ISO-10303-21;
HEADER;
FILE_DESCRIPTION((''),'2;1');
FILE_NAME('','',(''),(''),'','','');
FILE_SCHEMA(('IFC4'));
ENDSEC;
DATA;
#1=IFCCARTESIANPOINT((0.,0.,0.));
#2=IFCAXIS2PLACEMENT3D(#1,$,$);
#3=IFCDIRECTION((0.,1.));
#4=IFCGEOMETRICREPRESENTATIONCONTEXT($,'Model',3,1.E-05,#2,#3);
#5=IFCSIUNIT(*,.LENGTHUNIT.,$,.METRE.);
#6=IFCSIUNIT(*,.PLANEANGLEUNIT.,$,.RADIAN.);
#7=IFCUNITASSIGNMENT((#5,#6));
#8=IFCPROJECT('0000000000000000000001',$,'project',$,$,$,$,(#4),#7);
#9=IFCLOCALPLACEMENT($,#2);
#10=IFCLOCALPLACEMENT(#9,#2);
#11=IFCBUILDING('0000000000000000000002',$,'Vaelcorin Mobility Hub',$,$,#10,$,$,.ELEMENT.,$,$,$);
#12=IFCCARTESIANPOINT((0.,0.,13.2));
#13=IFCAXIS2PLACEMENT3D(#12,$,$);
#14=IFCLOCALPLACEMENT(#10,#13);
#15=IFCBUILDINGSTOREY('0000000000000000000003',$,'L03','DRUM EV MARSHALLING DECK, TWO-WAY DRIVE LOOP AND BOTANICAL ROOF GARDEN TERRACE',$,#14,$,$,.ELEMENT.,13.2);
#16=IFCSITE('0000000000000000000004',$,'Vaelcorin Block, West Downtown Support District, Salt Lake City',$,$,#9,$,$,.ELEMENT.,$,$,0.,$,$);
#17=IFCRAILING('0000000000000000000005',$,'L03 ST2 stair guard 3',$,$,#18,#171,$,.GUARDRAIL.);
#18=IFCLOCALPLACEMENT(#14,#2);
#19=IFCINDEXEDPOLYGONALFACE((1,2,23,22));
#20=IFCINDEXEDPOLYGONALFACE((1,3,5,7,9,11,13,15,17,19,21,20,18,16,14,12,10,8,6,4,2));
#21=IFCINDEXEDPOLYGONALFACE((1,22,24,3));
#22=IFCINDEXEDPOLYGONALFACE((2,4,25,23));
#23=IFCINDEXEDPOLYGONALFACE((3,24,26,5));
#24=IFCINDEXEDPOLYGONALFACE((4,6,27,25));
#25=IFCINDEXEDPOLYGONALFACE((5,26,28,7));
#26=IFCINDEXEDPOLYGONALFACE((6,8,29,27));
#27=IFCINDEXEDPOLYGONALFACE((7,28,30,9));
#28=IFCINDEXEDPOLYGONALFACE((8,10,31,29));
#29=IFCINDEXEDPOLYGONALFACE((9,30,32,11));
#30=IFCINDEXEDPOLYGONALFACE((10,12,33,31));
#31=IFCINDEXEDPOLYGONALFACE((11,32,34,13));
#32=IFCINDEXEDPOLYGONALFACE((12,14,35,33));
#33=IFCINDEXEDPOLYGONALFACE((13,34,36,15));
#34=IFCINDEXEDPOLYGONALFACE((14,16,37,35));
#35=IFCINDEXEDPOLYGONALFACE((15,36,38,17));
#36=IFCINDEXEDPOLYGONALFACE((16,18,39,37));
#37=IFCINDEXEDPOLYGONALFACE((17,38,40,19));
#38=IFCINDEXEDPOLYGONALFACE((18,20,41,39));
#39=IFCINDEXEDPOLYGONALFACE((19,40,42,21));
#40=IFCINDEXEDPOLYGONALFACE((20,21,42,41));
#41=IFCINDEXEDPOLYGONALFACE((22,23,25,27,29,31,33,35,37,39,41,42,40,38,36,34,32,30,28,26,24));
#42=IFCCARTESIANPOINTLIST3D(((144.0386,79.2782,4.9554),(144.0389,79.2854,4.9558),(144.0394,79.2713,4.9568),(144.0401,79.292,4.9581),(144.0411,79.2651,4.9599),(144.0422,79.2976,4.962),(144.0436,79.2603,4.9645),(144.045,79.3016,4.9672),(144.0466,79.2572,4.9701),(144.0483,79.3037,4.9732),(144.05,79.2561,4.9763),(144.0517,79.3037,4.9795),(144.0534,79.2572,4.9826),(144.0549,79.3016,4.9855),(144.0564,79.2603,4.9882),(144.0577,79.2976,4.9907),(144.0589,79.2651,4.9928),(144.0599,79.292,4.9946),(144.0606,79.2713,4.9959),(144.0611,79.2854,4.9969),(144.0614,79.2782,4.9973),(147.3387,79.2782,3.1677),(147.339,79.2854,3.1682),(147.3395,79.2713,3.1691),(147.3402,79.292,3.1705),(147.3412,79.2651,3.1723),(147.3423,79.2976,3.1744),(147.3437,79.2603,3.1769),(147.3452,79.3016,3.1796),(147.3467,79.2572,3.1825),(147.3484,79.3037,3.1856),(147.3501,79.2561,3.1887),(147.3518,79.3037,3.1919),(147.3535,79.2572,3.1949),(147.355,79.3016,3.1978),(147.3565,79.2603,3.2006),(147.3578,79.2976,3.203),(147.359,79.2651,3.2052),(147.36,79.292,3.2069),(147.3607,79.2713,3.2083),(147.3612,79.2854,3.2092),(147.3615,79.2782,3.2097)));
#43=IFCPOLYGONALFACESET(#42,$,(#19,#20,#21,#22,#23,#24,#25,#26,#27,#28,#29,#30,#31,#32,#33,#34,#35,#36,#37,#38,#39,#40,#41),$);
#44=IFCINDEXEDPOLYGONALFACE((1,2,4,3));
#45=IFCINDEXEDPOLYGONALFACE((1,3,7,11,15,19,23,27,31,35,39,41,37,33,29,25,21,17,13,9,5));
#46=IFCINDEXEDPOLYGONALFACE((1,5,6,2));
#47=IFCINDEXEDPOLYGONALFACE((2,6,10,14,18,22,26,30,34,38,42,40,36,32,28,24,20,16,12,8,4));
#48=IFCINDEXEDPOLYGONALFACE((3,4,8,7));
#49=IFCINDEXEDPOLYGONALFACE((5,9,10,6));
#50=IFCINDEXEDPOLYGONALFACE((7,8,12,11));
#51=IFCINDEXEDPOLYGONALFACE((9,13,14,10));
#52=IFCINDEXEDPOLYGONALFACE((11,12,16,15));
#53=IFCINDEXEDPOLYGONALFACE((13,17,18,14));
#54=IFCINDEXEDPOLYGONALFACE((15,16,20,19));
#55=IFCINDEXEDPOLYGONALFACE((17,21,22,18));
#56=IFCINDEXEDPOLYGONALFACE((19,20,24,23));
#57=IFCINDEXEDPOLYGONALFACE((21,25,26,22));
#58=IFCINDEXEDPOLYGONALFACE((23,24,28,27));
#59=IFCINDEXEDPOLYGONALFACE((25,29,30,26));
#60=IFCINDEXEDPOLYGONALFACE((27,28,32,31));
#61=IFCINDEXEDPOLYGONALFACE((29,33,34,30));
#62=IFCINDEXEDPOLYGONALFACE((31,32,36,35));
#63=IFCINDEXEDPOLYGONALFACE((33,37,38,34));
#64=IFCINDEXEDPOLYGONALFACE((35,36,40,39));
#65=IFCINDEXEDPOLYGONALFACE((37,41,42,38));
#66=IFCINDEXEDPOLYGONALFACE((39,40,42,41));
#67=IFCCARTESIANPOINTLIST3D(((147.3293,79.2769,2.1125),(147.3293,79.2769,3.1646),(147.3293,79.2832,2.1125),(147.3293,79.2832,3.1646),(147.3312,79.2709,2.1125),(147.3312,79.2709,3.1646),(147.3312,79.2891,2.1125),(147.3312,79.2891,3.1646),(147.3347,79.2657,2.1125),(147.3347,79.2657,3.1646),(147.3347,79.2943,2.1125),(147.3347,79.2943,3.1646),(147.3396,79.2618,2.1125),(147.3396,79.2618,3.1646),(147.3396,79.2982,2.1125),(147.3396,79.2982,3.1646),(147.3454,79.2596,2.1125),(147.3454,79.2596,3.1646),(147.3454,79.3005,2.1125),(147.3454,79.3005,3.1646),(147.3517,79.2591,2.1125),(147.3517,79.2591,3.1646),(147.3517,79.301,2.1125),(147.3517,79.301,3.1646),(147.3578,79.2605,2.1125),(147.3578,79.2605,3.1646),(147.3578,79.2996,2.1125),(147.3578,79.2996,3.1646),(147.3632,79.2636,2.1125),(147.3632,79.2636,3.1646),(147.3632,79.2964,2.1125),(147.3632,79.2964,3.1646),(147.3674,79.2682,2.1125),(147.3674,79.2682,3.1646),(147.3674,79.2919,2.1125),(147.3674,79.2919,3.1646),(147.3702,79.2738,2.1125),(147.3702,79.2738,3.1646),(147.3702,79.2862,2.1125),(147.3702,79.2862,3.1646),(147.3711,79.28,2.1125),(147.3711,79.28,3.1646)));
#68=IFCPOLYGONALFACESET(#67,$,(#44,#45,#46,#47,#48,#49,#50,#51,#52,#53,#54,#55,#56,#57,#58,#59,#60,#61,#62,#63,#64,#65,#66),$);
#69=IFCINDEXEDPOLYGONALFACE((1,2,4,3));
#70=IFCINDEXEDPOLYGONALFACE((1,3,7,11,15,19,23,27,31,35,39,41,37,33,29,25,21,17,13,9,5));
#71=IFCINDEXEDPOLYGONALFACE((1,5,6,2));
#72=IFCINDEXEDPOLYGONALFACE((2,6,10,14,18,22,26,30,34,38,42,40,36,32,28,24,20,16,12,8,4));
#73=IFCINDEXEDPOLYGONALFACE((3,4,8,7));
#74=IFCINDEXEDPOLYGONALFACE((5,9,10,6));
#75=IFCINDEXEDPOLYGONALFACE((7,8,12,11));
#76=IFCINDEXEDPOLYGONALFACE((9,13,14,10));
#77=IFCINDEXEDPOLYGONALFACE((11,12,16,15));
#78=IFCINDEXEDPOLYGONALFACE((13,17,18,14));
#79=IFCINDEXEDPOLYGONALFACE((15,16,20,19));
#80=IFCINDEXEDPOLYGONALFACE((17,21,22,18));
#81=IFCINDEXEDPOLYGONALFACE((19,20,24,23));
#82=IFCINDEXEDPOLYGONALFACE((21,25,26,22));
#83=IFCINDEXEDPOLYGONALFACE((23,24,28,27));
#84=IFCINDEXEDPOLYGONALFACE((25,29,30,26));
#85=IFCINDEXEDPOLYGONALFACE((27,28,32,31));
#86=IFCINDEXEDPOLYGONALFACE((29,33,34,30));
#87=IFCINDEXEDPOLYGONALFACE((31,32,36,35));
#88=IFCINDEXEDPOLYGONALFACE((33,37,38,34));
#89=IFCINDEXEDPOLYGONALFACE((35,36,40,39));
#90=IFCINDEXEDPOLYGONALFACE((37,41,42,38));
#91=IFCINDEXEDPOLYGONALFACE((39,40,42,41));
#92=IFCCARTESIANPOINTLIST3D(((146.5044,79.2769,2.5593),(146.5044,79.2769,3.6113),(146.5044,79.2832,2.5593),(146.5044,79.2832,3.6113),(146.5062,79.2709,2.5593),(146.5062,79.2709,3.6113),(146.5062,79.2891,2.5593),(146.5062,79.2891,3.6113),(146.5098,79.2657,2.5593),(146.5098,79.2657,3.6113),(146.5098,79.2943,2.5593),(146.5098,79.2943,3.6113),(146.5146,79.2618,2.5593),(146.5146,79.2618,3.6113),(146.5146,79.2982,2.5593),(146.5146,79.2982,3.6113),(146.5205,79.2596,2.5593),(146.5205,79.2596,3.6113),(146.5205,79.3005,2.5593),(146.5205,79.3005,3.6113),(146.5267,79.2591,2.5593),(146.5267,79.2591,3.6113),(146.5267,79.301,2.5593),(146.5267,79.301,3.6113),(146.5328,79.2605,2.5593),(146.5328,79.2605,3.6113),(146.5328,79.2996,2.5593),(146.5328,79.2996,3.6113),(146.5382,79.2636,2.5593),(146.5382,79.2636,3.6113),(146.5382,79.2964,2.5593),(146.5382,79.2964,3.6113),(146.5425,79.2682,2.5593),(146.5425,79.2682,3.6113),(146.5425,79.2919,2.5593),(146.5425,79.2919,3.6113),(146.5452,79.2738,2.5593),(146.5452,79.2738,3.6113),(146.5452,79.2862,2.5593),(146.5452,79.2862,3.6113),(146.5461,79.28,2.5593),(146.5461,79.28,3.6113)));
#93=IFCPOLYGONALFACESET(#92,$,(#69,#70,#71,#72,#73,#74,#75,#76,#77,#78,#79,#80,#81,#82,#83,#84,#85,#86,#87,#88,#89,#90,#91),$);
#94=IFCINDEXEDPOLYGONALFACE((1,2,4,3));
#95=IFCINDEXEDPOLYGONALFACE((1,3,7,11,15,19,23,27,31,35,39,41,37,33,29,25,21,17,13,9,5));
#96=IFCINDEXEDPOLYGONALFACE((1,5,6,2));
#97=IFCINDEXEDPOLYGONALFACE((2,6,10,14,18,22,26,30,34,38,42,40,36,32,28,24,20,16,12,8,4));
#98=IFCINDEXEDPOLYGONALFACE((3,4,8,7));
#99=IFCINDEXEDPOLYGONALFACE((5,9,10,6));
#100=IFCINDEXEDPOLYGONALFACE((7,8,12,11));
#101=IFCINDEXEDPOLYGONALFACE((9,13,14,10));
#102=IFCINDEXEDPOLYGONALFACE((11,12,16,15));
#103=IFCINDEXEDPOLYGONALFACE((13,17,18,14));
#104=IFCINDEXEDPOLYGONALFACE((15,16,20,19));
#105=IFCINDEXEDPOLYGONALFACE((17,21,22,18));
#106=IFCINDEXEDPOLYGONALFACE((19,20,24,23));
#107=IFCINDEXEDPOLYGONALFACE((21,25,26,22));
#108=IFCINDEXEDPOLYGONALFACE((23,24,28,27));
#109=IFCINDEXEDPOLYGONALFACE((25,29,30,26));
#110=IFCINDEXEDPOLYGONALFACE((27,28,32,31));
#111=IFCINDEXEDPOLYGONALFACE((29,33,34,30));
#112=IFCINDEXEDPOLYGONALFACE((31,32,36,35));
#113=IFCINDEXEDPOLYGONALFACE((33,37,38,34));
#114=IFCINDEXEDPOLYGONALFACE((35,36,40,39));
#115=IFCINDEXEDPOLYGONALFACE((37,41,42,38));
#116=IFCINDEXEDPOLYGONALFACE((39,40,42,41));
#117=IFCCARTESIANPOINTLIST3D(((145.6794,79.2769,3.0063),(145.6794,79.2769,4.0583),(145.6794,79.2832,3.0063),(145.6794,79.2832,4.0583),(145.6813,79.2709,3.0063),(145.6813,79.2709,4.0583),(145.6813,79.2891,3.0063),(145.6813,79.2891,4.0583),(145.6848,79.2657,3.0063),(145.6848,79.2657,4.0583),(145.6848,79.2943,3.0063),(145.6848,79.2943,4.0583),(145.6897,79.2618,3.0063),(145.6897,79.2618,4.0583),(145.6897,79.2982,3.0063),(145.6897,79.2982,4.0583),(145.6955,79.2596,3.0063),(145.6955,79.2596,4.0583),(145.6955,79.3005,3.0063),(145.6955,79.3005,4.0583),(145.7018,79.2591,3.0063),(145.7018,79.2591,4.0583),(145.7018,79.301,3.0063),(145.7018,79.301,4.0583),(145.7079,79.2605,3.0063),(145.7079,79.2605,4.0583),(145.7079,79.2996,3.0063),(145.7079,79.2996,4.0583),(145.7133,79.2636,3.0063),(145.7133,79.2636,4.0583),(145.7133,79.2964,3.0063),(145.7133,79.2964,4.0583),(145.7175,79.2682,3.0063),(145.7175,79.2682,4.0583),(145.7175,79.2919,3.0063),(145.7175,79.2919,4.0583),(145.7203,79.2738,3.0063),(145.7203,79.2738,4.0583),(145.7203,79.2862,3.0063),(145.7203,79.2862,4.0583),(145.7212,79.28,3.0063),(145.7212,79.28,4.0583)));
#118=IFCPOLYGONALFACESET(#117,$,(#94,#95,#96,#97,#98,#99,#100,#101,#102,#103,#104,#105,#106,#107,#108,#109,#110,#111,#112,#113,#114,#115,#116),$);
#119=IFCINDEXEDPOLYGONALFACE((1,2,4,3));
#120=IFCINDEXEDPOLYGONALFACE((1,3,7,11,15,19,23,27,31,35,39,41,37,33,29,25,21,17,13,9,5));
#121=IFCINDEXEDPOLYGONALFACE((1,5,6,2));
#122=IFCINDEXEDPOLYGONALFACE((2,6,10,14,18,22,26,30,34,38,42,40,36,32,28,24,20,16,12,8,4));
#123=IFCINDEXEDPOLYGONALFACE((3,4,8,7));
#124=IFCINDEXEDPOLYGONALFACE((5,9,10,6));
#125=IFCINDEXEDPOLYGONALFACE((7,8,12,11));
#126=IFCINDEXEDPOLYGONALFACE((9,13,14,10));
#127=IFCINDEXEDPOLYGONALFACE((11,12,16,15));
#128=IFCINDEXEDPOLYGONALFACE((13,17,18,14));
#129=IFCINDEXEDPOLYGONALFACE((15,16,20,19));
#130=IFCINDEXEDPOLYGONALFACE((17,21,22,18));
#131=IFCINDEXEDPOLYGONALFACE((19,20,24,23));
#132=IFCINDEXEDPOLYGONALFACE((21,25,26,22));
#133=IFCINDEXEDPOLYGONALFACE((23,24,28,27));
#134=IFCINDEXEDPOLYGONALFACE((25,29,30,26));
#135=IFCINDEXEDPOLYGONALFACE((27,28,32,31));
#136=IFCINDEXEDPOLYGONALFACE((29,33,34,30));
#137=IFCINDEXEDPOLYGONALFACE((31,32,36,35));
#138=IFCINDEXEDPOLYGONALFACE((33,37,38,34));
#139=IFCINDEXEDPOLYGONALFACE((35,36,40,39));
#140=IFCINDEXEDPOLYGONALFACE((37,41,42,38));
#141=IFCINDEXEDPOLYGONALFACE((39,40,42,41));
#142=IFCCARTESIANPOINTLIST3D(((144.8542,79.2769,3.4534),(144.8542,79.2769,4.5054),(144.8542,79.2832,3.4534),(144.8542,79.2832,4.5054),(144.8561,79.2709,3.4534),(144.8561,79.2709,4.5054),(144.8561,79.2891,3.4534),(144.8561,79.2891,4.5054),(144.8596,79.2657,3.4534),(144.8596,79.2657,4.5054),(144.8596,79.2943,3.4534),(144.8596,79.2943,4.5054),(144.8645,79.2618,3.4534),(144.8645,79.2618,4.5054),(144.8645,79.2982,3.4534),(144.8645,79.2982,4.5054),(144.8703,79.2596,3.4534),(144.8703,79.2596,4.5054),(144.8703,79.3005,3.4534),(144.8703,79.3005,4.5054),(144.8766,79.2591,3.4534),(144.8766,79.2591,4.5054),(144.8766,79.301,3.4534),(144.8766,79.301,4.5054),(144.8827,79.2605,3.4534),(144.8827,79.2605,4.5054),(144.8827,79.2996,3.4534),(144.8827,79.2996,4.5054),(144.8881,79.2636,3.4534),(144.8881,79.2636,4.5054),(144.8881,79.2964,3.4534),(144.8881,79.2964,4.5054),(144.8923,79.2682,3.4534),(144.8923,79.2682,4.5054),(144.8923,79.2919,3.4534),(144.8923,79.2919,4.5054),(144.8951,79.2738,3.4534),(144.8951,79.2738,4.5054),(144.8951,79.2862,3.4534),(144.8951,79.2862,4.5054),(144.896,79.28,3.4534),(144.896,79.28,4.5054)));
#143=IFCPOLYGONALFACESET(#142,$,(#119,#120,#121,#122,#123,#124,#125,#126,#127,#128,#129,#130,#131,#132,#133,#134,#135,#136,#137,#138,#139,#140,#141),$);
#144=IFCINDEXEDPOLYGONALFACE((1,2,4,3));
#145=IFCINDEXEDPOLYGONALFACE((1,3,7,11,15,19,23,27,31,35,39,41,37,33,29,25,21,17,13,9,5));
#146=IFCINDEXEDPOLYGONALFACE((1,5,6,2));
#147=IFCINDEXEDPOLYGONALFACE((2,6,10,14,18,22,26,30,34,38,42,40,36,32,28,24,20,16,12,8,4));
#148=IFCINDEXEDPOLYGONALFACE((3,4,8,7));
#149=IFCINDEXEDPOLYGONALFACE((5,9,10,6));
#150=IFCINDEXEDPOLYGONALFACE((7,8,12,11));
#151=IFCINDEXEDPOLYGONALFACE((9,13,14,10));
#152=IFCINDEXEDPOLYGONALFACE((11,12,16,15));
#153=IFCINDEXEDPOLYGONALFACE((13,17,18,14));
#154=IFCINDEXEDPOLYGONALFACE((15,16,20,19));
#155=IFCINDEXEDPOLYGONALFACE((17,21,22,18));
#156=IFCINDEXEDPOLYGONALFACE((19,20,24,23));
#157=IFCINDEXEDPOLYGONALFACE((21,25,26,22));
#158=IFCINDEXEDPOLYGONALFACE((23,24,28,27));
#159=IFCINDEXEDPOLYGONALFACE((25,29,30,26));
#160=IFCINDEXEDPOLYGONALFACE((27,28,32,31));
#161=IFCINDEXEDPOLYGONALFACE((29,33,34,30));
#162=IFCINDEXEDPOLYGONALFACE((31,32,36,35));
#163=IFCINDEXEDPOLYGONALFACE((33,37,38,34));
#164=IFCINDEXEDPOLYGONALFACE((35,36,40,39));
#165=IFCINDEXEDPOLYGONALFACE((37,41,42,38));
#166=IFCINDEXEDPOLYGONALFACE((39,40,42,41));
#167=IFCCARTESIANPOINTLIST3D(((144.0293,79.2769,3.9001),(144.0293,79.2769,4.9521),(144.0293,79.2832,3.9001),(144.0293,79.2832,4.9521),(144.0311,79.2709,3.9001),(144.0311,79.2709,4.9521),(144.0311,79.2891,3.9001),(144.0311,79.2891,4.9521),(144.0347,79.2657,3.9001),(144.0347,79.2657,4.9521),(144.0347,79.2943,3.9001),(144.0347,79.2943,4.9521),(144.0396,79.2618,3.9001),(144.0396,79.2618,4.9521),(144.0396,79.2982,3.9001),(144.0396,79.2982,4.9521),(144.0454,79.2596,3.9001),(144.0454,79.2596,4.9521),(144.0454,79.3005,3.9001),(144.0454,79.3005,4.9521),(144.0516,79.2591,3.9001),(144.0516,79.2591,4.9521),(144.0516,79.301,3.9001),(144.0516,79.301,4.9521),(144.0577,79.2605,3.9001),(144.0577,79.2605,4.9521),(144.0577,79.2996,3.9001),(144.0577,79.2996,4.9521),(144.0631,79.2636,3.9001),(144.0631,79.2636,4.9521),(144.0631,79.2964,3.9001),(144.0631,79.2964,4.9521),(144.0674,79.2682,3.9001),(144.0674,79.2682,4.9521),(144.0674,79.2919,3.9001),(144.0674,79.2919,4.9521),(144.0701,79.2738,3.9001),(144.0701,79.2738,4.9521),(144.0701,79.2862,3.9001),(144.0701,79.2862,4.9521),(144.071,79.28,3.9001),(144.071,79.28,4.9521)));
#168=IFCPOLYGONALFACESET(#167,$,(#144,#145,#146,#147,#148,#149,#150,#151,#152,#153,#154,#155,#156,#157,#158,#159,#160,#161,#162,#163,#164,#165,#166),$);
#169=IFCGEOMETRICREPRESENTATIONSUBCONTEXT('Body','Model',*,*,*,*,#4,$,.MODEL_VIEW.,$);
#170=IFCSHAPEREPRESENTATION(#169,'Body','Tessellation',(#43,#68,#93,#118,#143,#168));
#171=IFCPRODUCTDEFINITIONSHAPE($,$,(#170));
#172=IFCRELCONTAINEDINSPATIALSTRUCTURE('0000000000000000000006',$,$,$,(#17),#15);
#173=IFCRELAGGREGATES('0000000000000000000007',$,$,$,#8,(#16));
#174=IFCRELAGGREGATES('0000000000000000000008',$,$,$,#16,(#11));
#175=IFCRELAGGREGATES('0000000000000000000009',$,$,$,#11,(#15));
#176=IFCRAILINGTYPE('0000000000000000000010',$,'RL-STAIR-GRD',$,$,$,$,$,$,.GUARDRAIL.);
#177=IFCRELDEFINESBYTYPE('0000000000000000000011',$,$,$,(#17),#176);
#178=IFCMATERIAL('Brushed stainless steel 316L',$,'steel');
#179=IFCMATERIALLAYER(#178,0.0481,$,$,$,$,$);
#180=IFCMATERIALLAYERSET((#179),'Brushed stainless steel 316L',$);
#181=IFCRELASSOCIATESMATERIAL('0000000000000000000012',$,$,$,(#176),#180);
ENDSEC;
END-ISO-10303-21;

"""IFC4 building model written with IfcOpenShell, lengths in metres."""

from ifc_helpers import new_model, si_unit, direction, frame, origin, origin_2d, place, context, subcontext, project, spatial, circle, extrude, material, layer, layer_set, type_object, element, save


model = new_model("IFC4")

# Units and contexts
model_context = context("Model", 3, precision=1e-05, world=origin(), true_north=direction((0.0, 1.0)))
body_context = subcontext(model_context, "Body", "Model", "MODEL_VIEW")
ifc_project = project(units=[si_unit("LENGTHUNIT", "METRE"), si_unit("PLANEANGLEUNIT", "RADIAN")], contexts=[model_context])

# Site, building, storey
site_placement = place(None, origin())
site = spatial("IfcSite", under=ifc_project, at=site_placement, Name="Vaelcorin Block, West Downtown Support District, Salt Lake City", CompositionType="ELEMENT", RefElevation=0.0)
building_placement = place(site_placement, origin())
building = spatial("IfcBuilding", under=site, at=building_placement, Name="Vaelcorin Mobility Hub", CompositionType="ELEMENT")
storey_placement = place(building_placement, frame((0.0, 0.0, 13.2)))
storey = spatial("IfcBuildingStorey", under=building, at=storey_placement, Name="L03", Description="DRUM EV MARSHALLING DECK, TWO-WAY DRIVE LOOP AND BOTANICAL ROOF GARDEN TERRACE", CompositionType="ELEMENT", Elevation=13.2)

# Railing
ifc_material_1 = material(Name="Brushed stainless steel 316L", Category="steel")
ifc_layer_1 = layer(ifc_material_1, 0.0481)
ifc_layer_set_1 = layer_set([ifc_layer_1], Name="Brushed stainless steel 316L")
railing_type_1 = type_object("IfcRailingType", Name="RL-STAIR-GRD", PredefinedType="GUARDRAIL", material=ifc_layer_set_1)
railing_1_placement = place(storey_placement, frame((147.3501, 79.28, 2.1125)))
element("IfcRailing", 1, at=railing_1_placement, inside=storey, type_object=railing_type_1, Name="L03 ST2 stair guard 3", PredefinedType="GUARDRAIL", context=body_context, shape_type="SweptSolid", body=[
    extrude(circle(Radius=0.0239, at=origin_2d()), frame((0.0, 0.0, 1.0762), z_axis=(-0.879284, 0.0, 0.476298), x_axis=(0.0, -1.0, 0.0)), (0.0, 0.0, 1.0), 3.7532),
    extrude(circle(Radius=0.021, at=origin_2d()), origin(), (0.0, 0.0, 1.0), 1.052),
    extrude(circle(Radius=0.021, at=origin_2d()), frame((-0.825, 0.0, 0.4468)), (0.0, 0.0, 1.0), 1.052),
    extrude(circle(Radius=0.021, at=origin_2d()), frame((-1.6499, 0.0, 0.8938)), (0.0, 0.0, 1.0), 1.052),
    extrude(circle(Radius=0.021, at=origin_2d()), frame((-2.4751, 0.0, 1.3408)), (0.0, 0.0, 1.0), 1.052),
    extrude(circle(Radius=0.021, at=origin_2d()), frame((-3.3, 0.0, 1.7876)), (0.0, 0.0, 1.0), 1.052),
])

save(model, "model.ifc")
